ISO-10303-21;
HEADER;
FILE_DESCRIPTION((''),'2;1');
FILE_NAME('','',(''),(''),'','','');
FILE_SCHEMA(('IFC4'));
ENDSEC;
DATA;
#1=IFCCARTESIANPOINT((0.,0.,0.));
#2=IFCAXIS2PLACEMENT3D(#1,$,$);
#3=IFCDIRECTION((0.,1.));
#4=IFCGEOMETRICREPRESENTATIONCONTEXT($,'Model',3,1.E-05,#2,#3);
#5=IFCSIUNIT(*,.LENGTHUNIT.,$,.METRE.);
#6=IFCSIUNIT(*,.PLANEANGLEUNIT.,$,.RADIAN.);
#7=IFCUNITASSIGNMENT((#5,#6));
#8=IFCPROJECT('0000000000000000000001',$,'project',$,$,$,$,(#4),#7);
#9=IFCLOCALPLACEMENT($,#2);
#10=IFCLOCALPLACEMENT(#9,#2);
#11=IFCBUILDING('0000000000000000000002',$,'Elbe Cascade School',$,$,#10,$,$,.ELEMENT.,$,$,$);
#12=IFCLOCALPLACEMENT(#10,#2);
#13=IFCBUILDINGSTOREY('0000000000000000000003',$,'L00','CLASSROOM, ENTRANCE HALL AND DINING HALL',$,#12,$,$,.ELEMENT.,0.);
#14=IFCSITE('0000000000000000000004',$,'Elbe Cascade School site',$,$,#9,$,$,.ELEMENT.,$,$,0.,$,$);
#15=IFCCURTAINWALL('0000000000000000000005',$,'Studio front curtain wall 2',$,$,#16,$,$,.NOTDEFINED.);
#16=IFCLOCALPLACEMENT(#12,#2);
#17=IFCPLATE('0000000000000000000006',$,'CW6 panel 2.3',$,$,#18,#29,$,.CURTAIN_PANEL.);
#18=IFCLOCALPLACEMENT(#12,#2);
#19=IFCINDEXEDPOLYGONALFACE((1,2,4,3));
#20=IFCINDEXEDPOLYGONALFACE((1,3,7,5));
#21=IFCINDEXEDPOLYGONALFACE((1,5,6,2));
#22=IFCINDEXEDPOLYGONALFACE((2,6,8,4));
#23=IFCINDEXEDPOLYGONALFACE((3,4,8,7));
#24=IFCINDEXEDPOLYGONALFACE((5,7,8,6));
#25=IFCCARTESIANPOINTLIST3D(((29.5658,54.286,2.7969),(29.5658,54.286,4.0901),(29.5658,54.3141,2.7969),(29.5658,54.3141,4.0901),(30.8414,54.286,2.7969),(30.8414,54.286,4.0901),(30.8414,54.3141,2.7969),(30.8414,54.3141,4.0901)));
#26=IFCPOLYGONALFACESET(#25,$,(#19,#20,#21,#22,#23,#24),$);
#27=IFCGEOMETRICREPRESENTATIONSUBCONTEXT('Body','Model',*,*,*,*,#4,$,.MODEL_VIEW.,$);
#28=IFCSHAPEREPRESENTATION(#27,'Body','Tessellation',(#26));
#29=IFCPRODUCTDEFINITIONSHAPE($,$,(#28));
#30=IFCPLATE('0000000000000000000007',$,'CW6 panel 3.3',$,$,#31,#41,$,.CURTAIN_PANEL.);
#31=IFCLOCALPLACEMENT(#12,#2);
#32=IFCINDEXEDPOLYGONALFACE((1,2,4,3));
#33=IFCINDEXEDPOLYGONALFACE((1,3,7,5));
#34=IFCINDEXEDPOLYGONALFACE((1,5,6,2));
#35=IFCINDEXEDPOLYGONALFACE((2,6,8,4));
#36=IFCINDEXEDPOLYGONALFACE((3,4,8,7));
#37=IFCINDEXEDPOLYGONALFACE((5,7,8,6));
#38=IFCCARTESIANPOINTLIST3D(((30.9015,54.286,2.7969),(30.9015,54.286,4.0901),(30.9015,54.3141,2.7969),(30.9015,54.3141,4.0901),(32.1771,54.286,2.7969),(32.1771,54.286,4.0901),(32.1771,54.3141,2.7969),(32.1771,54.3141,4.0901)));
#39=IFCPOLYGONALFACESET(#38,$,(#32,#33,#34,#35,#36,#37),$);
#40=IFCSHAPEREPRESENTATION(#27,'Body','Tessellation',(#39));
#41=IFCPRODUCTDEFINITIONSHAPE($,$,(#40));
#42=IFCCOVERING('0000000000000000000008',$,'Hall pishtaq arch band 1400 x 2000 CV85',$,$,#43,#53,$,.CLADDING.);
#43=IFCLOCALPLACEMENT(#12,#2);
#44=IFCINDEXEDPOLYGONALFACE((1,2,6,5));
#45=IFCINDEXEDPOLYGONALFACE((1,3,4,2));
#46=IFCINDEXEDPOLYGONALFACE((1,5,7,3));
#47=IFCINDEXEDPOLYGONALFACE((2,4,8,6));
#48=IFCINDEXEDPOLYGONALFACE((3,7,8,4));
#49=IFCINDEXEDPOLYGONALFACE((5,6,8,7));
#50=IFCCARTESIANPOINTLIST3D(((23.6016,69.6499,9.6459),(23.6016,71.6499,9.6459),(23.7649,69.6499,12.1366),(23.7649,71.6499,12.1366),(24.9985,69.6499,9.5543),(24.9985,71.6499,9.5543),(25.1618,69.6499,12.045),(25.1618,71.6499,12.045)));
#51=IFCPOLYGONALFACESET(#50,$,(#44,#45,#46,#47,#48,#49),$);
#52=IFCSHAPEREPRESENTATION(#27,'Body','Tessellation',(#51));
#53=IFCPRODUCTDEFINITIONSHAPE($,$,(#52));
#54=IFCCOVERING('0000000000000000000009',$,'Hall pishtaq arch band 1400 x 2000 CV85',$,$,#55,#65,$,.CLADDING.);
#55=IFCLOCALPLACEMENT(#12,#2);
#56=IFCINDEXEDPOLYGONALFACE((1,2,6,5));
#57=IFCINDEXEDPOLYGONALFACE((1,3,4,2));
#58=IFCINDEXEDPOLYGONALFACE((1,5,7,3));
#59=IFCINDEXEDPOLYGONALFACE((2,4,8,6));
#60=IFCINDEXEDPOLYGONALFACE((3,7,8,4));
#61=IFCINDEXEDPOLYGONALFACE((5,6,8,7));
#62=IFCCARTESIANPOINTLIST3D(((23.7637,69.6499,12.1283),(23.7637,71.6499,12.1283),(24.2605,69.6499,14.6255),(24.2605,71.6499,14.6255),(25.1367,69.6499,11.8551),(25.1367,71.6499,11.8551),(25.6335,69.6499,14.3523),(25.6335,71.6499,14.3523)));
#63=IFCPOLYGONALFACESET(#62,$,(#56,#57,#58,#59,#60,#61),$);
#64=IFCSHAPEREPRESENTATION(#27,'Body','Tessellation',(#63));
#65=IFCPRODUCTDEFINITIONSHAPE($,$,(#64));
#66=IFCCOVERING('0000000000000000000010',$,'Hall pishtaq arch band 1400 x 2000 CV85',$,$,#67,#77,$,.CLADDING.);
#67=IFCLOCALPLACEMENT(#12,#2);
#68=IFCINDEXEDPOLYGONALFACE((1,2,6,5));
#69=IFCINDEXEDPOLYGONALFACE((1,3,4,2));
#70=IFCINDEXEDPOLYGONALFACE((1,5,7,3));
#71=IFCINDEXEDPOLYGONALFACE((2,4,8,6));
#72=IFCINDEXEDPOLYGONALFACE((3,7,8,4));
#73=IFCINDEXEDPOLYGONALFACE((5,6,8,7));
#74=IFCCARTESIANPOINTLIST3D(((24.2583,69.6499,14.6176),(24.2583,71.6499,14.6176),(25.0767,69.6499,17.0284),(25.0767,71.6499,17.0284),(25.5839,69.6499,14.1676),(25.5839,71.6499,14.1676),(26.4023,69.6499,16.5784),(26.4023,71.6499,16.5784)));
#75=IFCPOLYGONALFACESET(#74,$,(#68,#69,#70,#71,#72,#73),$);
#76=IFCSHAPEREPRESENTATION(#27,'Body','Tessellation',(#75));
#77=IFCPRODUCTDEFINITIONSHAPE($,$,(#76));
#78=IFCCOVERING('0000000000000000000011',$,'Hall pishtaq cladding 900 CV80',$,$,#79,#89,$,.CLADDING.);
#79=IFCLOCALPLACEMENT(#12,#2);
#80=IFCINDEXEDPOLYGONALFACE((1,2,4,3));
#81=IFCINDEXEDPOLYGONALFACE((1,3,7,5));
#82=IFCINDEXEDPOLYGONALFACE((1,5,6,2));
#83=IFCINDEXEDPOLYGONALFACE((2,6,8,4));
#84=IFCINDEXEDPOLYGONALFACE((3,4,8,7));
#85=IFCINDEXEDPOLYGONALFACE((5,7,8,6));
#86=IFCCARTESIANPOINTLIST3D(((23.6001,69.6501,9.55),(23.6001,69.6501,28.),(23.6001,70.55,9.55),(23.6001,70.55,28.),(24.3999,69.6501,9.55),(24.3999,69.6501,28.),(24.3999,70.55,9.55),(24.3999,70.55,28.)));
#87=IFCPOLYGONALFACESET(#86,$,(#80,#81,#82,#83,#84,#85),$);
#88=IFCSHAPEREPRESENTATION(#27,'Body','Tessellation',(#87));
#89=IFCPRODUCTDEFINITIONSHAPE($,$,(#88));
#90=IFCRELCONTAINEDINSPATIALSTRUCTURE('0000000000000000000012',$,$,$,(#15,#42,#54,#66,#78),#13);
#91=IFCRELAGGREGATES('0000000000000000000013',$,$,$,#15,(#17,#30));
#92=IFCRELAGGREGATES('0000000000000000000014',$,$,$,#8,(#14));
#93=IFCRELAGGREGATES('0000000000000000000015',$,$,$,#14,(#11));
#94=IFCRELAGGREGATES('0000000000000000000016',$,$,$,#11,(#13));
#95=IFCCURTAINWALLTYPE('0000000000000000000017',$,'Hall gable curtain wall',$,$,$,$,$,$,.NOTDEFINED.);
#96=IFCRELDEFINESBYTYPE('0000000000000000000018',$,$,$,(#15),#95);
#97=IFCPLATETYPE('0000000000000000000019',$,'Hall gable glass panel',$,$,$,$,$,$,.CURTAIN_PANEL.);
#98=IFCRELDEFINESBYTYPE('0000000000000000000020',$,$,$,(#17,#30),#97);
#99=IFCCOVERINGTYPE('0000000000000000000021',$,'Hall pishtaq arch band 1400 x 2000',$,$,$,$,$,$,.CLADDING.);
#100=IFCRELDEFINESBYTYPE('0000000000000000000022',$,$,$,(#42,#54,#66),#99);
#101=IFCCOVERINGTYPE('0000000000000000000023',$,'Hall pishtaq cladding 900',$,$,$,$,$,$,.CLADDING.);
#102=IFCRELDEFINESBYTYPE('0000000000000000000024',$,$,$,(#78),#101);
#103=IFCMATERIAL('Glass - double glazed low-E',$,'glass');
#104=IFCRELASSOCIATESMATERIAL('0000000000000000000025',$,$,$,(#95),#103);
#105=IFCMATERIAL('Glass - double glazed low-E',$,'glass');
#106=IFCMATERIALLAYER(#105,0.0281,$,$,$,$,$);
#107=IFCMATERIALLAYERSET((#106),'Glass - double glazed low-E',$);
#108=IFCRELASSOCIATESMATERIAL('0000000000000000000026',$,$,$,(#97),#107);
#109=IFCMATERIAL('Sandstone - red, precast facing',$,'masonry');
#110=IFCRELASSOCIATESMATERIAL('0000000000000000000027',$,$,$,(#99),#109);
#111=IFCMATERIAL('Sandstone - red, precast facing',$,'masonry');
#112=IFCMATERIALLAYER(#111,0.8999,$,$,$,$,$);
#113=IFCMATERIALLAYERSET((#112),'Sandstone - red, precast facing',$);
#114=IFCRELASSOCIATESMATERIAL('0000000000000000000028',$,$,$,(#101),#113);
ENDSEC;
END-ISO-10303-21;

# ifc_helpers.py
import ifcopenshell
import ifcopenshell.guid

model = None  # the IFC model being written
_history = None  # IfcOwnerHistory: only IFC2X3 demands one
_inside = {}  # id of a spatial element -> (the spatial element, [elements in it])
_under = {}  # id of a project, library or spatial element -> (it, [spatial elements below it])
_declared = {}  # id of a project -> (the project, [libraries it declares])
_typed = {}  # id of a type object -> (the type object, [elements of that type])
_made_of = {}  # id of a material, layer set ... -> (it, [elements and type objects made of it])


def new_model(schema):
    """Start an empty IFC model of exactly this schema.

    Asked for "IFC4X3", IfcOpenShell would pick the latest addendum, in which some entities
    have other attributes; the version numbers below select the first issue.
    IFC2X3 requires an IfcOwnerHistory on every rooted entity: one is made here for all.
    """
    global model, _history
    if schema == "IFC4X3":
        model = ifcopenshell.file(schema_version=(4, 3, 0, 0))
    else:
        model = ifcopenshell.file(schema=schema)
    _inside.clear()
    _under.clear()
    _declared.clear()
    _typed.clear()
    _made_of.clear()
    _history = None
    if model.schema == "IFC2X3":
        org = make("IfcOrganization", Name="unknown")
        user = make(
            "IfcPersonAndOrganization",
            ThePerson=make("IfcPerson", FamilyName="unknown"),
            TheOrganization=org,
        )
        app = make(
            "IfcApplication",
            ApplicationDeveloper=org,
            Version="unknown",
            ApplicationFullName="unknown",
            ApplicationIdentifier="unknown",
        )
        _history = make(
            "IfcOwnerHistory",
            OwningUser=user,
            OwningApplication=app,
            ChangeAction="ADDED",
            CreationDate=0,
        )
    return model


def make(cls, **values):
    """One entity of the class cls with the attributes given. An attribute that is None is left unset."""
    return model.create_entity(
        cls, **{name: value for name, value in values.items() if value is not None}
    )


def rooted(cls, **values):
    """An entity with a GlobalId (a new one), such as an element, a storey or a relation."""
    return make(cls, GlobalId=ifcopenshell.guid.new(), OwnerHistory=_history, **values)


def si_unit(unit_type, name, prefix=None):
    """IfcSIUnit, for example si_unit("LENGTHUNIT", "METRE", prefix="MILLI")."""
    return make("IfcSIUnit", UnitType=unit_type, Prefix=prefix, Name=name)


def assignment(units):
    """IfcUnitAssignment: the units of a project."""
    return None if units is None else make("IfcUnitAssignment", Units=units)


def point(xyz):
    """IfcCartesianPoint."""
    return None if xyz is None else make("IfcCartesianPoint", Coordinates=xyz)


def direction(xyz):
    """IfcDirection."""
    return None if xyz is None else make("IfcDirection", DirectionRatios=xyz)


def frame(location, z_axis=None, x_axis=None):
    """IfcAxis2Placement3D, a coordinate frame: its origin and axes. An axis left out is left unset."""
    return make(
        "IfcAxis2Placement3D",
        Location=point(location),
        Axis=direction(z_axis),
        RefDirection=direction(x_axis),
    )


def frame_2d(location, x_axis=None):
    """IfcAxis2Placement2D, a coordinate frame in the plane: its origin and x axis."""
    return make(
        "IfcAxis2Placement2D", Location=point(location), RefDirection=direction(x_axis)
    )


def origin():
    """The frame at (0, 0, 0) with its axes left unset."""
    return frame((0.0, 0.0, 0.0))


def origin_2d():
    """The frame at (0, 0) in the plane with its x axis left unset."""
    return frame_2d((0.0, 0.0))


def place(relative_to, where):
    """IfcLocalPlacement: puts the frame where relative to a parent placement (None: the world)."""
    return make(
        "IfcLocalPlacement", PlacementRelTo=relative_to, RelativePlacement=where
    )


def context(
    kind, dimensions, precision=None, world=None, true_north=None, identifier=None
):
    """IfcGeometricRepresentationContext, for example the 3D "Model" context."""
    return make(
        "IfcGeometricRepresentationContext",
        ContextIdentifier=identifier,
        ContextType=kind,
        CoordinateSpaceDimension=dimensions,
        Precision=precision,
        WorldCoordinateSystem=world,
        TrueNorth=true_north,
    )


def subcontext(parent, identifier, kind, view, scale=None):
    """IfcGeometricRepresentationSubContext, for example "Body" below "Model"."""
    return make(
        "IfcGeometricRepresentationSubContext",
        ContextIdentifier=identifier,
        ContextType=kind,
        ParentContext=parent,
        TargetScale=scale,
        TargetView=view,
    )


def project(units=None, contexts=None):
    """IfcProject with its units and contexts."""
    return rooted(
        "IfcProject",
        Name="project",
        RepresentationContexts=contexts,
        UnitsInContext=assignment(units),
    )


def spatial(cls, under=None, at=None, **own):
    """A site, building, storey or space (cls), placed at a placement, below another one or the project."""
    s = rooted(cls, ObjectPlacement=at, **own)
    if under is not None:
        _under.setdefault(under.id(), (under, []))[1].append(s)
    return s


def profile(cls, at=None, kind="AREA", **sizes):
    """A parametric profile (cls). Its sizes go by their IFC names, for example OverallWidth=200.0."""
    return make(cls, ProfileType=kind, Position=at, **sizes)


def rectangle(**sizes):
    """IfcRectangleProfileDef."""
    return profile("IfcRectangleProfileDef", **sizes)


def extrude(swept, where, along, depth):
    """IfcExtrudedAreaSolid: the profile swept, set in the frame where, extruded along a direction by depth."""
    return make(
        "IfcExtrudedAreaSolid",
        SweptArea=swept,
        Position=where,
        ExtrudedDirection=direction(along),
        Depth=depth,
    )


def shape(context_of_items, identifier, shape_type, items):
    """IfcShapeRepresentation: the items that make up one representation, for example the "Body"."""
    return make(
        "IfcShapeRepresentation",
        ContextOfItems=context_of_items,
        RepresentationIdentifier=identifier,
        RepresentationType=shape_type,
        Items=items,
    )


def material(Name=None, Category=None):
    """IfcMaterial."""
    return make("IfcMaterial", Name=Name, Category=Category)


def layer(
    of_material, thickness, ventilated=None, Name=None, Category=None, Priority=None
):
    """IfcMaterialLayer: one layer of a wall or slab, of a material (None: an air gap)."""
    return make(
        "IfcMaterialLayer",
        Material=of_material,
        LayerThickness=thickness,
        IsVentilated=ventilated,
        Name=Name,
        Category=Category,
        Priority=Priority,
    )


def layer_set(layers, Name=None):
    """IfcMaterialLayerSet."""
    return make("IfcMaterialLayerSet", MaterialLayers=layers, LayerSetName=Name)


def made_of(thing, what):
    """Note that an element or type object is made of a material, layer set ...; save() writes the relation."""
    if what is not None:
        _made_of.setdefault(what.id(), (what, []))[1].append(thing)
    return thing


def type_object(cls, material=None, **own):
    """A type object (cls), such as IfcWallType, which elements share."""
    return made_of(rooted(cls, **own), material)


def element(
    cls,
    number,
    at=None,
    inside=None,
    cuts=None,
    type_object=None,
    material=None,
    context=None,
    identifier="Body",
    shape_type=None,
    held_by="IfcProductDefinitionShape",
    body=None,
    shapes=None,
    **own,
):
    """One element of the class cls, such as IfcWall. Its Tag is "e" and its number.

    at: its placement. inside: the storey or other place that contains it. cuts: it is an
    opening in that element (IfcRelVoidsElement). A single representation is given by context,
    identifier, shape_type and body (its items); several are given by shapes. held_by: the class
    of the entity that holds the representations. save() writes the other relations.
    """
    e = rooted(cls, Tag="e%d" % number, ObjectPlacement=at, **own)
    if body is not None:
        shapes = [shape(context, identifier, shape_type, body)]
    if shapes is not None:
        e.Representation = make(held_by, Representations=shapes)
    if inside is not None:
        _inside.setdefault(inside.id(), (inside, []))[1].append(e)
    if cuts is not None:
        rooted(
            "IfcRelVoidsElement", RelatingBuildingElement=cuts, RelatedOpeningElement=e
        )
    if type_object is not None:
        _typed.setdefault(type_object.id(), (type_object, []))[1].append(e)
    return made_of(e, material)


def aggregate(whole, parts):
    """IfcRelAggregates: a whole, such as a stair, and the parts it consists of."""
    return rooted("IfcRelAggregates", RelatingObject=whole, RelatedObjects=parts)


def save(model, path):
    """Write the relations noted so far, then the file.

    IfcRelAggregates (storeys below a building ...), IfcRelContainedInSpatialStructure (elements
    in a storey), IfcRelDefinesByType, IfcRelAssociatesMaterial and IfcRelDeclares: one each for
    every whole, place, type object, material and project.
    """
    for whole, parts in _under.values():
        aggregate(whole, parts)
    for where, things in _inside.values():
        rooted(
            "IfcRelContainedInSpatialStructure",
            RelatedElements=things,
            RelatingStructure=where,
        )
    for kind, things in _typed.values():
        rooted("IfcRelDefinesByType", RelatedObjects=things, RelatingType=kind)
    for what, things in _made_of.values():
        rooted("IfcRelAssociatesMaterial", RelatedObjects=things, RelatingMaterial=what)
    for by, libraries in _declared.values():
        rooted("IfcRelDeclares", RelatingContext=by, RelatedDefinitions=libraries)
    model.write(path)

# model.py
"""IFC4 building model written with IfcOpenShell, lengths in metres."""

from ifc_helpers import new_model, si_unit, direction, frame, frame_2d, origin, origin_2d, place, context, subcontext, project, spatial, rectangle, extrude, material, layer, layer_set, type_object, element, aggregate, save


model = new_model("IFC4")

# Units and contexts
model_context = context("Model", 3, precision=1e-05, world=origin(), true_north=direction((0.0, 1.0)))
body_context = subcontext(model_context, "Body", "Model", "MODEL_VIEW")
ifc_project = project(units=[si_unit("LENGTHUNIT", "METRE"), si_unit("PLANEANGLEUNIT", "RADIAN")], contexts=[model_context])

# Site, building, storey
site_placement = place(None, origin())
site = spatial("IfcSite", under=ifc_project, at=site_placement, Name="Elbe Cascade School site", CompositionType="ELEMENT", RefElevation=0.0)
building_placement = place(site_placement, origin())
building = spatial("IfcBuilding", under=site, at=building_placement, Name="Elbe Cascade School", CompositionType="ELEMENT")
storey_placement = place(building_placement, origin())
storey = spatial("IfcBuildingStorey", under=building, at=storey_placement, Name="L00", Description="CLASSROOM, ENTRANCE HALL AND DINING HALL", CompositionType="ELEMENT", Elevation=0.0)

# Curtain wall
ifc_material_1 = material(Name="Glass - double glazed low-E", Category="glass")
curtain_wall_type = type_object("IfcCurtainWallType", Name="Hall gable curtain wall", PredefinedType="NOTDEFINED", material=ifc_material_1)
curtain_wall_1_placement = place(storey_placement, origin())
curtain_wall_1 = element("IfcCurtainWall", 1, at=curtain_wall_1_placement, inside=storey, type_object=curtain_wall_type, Name="Studio front curtain wall 2", PredefinedType="NOTDEFINED")

# Plates
ifc_material_2 = material(Name="Glass - double glazed low-E", Category="glass")
ifc_layer_1 = layer(ifc_material_2, 0.0281)
ifc_layer_set_1 = layer_set([ifc_layer_1], Name="Glass - double glazed low-E")
plate_type = type_object("IfcPlateType", Name="Hall gable glass panel", PredefinedType="CURTAIN_PANEL", material=ifc_layer_set_1)
plate_1_placement = place(storey_placement, frame((30.2036, 54.3, 2.7969), z_axis=(0.0, 0.0, 1.0), x_axis=(1.0, 0.0, 0.0)))
plate_1 = element("IfcPlate", 2, at=plate_1_placement, type_object=plate_type, Name="CW6 panel 2.3", PredefinedType="CURTAIN_PANEL", context=body_context, shape_type="SweptSolid", body=[
    extrude(rectangle(XDim=1.2756, YDim=0.0281, at=origin_2d()), origin(), (0.0, 0.0, 1.0), 1.2932),
])
plate_2_placement = place(storey_placement, frame((31.5393, 54.3, 2.7969), z_axis=(0.0, 0.0, 1.0), x_axis=(1.0, 0.0, 0.0)))
plate_2 = element("IfcPlate", 3, at=plate_2_placement, type_object=plate_type, Name="CW6 panel 3.3", PredefinedType="CURTAIN_PANEL", context=body_context, shape_type="SweptSolid", body=[
    extrude(rectangle(XDim=1.2756, YDim=0.0281, at=origin_2d()), origin(), (0.0, 0.0, 1.0), 1.2932),
])
aggregate(curtain_wall_1, [plate_1, plate_2])

# Coverings
ifc_material_3 = material(Name="Sandstone - red, precast facing", Category="masonry")
covering_type_1 = type_object("IfcCoveringType", Name="Hall pishtaq arch band 1400 x 2000", PredefinedType="CLADDING", material=ifc_material_3)
covering_1_placement = place(storey_placement, frame((24.3, 70.6499, 9.6001), z_axis=(0.065435, 0.0, 0.997857), x_axis=(0.0, 1.0, 0.0)))
element("IfcCovering", 4, at=covering_1_placement, inside=storey, type_object=covering_type_1, Name="Hall pishtaq arch band 1400 x 2000 CV85", PredefinedType="CLADDING", context=body_context, shape_type="SweptSolid", body=[
    extrude(rectangle(XDim=2.0, YDim=1.3999, at=origin_2d()), origin(), (0.0, 0.0, 1.0), 2.4961),
])
covering_2_placement = place(storey_placement, frame((24.4502, 70.6499, 11.9917), z_axis=(0.19512, 0.0, 0.980779), x_axis=(0.0, 1.0, 0.0)))
element("IfcCovering", 5, at=covering_2_placement, inside=storey, type_object=covering_type_1, Name="Hall pishtaq arch band 1400 x 2000 CV85", PredefinedType="CLADDING", context=body_context, shape_type="SweptSolid", body=[
    extrude(rectangle(XDim=2.0, YDim=1.3999, at=origin_2d()), origin(), (0.0, 0.0, 1.0), 2.5461),
])
covering_3_placement = place(storey_placement, frame((24.9211, 70.6499, 14.3926), z_axis=(0.32143, 0.0, 0.946933), x_axis=(0.0, 1.0, 0.0)))
element("IfcCovering", 6, at=covering_3_placement, inside=storey, type_object=covering_type_1, Name="Hall pishtaq arch band 1400 x 2000 CV85", PredefinedType="CLADDING", context=body_context, shape_type="SweptSolid", body=[
    extrude(rectangle(XDim=2.0, YDim=1.3999, at=origin_2d()), origin(), (0.0, 0.0, 1.0), 2.5459),
])
ifc_material_4 = material(Name="Sandstone - red, precast facing", Category="masonry")
ifc_layer_2 = layer(ifc_material_4, 0.8999)
ifc_layer_set_2 = layer_set([ifc_layer_2], Name="Sandstone - red, precast facing")
covering_type_2 = type_object("IfcCoveringType", Name="Hall pishtaq cladding 900", PredefinedType="CLADDING", material=ifc_layer_set_2)
covering_4_placement = place(storey_placement, frame((23.6001, 70.1001, 9.55), z_axis=(0.0, 0.0, 1.0), x_axis=(1.0, 0.0, 0.0)))
element("IfcCovering", 7, at=covering_4_placement, inside=storey, type_object=covering_type_2, Name="Hall pishtaq cladding 900 CV80", PredefinedType="CLADDING", context=body_context, shape_type="SweptSolid", body=[
    extrude(rectangle(XDim=0.7998, YDim=0.8999, at=frame_2d((0.3999, 0.0))), origin(), (0.0, 0.0, 1.0), 18.45),
])

save(model, "model.ifc")
